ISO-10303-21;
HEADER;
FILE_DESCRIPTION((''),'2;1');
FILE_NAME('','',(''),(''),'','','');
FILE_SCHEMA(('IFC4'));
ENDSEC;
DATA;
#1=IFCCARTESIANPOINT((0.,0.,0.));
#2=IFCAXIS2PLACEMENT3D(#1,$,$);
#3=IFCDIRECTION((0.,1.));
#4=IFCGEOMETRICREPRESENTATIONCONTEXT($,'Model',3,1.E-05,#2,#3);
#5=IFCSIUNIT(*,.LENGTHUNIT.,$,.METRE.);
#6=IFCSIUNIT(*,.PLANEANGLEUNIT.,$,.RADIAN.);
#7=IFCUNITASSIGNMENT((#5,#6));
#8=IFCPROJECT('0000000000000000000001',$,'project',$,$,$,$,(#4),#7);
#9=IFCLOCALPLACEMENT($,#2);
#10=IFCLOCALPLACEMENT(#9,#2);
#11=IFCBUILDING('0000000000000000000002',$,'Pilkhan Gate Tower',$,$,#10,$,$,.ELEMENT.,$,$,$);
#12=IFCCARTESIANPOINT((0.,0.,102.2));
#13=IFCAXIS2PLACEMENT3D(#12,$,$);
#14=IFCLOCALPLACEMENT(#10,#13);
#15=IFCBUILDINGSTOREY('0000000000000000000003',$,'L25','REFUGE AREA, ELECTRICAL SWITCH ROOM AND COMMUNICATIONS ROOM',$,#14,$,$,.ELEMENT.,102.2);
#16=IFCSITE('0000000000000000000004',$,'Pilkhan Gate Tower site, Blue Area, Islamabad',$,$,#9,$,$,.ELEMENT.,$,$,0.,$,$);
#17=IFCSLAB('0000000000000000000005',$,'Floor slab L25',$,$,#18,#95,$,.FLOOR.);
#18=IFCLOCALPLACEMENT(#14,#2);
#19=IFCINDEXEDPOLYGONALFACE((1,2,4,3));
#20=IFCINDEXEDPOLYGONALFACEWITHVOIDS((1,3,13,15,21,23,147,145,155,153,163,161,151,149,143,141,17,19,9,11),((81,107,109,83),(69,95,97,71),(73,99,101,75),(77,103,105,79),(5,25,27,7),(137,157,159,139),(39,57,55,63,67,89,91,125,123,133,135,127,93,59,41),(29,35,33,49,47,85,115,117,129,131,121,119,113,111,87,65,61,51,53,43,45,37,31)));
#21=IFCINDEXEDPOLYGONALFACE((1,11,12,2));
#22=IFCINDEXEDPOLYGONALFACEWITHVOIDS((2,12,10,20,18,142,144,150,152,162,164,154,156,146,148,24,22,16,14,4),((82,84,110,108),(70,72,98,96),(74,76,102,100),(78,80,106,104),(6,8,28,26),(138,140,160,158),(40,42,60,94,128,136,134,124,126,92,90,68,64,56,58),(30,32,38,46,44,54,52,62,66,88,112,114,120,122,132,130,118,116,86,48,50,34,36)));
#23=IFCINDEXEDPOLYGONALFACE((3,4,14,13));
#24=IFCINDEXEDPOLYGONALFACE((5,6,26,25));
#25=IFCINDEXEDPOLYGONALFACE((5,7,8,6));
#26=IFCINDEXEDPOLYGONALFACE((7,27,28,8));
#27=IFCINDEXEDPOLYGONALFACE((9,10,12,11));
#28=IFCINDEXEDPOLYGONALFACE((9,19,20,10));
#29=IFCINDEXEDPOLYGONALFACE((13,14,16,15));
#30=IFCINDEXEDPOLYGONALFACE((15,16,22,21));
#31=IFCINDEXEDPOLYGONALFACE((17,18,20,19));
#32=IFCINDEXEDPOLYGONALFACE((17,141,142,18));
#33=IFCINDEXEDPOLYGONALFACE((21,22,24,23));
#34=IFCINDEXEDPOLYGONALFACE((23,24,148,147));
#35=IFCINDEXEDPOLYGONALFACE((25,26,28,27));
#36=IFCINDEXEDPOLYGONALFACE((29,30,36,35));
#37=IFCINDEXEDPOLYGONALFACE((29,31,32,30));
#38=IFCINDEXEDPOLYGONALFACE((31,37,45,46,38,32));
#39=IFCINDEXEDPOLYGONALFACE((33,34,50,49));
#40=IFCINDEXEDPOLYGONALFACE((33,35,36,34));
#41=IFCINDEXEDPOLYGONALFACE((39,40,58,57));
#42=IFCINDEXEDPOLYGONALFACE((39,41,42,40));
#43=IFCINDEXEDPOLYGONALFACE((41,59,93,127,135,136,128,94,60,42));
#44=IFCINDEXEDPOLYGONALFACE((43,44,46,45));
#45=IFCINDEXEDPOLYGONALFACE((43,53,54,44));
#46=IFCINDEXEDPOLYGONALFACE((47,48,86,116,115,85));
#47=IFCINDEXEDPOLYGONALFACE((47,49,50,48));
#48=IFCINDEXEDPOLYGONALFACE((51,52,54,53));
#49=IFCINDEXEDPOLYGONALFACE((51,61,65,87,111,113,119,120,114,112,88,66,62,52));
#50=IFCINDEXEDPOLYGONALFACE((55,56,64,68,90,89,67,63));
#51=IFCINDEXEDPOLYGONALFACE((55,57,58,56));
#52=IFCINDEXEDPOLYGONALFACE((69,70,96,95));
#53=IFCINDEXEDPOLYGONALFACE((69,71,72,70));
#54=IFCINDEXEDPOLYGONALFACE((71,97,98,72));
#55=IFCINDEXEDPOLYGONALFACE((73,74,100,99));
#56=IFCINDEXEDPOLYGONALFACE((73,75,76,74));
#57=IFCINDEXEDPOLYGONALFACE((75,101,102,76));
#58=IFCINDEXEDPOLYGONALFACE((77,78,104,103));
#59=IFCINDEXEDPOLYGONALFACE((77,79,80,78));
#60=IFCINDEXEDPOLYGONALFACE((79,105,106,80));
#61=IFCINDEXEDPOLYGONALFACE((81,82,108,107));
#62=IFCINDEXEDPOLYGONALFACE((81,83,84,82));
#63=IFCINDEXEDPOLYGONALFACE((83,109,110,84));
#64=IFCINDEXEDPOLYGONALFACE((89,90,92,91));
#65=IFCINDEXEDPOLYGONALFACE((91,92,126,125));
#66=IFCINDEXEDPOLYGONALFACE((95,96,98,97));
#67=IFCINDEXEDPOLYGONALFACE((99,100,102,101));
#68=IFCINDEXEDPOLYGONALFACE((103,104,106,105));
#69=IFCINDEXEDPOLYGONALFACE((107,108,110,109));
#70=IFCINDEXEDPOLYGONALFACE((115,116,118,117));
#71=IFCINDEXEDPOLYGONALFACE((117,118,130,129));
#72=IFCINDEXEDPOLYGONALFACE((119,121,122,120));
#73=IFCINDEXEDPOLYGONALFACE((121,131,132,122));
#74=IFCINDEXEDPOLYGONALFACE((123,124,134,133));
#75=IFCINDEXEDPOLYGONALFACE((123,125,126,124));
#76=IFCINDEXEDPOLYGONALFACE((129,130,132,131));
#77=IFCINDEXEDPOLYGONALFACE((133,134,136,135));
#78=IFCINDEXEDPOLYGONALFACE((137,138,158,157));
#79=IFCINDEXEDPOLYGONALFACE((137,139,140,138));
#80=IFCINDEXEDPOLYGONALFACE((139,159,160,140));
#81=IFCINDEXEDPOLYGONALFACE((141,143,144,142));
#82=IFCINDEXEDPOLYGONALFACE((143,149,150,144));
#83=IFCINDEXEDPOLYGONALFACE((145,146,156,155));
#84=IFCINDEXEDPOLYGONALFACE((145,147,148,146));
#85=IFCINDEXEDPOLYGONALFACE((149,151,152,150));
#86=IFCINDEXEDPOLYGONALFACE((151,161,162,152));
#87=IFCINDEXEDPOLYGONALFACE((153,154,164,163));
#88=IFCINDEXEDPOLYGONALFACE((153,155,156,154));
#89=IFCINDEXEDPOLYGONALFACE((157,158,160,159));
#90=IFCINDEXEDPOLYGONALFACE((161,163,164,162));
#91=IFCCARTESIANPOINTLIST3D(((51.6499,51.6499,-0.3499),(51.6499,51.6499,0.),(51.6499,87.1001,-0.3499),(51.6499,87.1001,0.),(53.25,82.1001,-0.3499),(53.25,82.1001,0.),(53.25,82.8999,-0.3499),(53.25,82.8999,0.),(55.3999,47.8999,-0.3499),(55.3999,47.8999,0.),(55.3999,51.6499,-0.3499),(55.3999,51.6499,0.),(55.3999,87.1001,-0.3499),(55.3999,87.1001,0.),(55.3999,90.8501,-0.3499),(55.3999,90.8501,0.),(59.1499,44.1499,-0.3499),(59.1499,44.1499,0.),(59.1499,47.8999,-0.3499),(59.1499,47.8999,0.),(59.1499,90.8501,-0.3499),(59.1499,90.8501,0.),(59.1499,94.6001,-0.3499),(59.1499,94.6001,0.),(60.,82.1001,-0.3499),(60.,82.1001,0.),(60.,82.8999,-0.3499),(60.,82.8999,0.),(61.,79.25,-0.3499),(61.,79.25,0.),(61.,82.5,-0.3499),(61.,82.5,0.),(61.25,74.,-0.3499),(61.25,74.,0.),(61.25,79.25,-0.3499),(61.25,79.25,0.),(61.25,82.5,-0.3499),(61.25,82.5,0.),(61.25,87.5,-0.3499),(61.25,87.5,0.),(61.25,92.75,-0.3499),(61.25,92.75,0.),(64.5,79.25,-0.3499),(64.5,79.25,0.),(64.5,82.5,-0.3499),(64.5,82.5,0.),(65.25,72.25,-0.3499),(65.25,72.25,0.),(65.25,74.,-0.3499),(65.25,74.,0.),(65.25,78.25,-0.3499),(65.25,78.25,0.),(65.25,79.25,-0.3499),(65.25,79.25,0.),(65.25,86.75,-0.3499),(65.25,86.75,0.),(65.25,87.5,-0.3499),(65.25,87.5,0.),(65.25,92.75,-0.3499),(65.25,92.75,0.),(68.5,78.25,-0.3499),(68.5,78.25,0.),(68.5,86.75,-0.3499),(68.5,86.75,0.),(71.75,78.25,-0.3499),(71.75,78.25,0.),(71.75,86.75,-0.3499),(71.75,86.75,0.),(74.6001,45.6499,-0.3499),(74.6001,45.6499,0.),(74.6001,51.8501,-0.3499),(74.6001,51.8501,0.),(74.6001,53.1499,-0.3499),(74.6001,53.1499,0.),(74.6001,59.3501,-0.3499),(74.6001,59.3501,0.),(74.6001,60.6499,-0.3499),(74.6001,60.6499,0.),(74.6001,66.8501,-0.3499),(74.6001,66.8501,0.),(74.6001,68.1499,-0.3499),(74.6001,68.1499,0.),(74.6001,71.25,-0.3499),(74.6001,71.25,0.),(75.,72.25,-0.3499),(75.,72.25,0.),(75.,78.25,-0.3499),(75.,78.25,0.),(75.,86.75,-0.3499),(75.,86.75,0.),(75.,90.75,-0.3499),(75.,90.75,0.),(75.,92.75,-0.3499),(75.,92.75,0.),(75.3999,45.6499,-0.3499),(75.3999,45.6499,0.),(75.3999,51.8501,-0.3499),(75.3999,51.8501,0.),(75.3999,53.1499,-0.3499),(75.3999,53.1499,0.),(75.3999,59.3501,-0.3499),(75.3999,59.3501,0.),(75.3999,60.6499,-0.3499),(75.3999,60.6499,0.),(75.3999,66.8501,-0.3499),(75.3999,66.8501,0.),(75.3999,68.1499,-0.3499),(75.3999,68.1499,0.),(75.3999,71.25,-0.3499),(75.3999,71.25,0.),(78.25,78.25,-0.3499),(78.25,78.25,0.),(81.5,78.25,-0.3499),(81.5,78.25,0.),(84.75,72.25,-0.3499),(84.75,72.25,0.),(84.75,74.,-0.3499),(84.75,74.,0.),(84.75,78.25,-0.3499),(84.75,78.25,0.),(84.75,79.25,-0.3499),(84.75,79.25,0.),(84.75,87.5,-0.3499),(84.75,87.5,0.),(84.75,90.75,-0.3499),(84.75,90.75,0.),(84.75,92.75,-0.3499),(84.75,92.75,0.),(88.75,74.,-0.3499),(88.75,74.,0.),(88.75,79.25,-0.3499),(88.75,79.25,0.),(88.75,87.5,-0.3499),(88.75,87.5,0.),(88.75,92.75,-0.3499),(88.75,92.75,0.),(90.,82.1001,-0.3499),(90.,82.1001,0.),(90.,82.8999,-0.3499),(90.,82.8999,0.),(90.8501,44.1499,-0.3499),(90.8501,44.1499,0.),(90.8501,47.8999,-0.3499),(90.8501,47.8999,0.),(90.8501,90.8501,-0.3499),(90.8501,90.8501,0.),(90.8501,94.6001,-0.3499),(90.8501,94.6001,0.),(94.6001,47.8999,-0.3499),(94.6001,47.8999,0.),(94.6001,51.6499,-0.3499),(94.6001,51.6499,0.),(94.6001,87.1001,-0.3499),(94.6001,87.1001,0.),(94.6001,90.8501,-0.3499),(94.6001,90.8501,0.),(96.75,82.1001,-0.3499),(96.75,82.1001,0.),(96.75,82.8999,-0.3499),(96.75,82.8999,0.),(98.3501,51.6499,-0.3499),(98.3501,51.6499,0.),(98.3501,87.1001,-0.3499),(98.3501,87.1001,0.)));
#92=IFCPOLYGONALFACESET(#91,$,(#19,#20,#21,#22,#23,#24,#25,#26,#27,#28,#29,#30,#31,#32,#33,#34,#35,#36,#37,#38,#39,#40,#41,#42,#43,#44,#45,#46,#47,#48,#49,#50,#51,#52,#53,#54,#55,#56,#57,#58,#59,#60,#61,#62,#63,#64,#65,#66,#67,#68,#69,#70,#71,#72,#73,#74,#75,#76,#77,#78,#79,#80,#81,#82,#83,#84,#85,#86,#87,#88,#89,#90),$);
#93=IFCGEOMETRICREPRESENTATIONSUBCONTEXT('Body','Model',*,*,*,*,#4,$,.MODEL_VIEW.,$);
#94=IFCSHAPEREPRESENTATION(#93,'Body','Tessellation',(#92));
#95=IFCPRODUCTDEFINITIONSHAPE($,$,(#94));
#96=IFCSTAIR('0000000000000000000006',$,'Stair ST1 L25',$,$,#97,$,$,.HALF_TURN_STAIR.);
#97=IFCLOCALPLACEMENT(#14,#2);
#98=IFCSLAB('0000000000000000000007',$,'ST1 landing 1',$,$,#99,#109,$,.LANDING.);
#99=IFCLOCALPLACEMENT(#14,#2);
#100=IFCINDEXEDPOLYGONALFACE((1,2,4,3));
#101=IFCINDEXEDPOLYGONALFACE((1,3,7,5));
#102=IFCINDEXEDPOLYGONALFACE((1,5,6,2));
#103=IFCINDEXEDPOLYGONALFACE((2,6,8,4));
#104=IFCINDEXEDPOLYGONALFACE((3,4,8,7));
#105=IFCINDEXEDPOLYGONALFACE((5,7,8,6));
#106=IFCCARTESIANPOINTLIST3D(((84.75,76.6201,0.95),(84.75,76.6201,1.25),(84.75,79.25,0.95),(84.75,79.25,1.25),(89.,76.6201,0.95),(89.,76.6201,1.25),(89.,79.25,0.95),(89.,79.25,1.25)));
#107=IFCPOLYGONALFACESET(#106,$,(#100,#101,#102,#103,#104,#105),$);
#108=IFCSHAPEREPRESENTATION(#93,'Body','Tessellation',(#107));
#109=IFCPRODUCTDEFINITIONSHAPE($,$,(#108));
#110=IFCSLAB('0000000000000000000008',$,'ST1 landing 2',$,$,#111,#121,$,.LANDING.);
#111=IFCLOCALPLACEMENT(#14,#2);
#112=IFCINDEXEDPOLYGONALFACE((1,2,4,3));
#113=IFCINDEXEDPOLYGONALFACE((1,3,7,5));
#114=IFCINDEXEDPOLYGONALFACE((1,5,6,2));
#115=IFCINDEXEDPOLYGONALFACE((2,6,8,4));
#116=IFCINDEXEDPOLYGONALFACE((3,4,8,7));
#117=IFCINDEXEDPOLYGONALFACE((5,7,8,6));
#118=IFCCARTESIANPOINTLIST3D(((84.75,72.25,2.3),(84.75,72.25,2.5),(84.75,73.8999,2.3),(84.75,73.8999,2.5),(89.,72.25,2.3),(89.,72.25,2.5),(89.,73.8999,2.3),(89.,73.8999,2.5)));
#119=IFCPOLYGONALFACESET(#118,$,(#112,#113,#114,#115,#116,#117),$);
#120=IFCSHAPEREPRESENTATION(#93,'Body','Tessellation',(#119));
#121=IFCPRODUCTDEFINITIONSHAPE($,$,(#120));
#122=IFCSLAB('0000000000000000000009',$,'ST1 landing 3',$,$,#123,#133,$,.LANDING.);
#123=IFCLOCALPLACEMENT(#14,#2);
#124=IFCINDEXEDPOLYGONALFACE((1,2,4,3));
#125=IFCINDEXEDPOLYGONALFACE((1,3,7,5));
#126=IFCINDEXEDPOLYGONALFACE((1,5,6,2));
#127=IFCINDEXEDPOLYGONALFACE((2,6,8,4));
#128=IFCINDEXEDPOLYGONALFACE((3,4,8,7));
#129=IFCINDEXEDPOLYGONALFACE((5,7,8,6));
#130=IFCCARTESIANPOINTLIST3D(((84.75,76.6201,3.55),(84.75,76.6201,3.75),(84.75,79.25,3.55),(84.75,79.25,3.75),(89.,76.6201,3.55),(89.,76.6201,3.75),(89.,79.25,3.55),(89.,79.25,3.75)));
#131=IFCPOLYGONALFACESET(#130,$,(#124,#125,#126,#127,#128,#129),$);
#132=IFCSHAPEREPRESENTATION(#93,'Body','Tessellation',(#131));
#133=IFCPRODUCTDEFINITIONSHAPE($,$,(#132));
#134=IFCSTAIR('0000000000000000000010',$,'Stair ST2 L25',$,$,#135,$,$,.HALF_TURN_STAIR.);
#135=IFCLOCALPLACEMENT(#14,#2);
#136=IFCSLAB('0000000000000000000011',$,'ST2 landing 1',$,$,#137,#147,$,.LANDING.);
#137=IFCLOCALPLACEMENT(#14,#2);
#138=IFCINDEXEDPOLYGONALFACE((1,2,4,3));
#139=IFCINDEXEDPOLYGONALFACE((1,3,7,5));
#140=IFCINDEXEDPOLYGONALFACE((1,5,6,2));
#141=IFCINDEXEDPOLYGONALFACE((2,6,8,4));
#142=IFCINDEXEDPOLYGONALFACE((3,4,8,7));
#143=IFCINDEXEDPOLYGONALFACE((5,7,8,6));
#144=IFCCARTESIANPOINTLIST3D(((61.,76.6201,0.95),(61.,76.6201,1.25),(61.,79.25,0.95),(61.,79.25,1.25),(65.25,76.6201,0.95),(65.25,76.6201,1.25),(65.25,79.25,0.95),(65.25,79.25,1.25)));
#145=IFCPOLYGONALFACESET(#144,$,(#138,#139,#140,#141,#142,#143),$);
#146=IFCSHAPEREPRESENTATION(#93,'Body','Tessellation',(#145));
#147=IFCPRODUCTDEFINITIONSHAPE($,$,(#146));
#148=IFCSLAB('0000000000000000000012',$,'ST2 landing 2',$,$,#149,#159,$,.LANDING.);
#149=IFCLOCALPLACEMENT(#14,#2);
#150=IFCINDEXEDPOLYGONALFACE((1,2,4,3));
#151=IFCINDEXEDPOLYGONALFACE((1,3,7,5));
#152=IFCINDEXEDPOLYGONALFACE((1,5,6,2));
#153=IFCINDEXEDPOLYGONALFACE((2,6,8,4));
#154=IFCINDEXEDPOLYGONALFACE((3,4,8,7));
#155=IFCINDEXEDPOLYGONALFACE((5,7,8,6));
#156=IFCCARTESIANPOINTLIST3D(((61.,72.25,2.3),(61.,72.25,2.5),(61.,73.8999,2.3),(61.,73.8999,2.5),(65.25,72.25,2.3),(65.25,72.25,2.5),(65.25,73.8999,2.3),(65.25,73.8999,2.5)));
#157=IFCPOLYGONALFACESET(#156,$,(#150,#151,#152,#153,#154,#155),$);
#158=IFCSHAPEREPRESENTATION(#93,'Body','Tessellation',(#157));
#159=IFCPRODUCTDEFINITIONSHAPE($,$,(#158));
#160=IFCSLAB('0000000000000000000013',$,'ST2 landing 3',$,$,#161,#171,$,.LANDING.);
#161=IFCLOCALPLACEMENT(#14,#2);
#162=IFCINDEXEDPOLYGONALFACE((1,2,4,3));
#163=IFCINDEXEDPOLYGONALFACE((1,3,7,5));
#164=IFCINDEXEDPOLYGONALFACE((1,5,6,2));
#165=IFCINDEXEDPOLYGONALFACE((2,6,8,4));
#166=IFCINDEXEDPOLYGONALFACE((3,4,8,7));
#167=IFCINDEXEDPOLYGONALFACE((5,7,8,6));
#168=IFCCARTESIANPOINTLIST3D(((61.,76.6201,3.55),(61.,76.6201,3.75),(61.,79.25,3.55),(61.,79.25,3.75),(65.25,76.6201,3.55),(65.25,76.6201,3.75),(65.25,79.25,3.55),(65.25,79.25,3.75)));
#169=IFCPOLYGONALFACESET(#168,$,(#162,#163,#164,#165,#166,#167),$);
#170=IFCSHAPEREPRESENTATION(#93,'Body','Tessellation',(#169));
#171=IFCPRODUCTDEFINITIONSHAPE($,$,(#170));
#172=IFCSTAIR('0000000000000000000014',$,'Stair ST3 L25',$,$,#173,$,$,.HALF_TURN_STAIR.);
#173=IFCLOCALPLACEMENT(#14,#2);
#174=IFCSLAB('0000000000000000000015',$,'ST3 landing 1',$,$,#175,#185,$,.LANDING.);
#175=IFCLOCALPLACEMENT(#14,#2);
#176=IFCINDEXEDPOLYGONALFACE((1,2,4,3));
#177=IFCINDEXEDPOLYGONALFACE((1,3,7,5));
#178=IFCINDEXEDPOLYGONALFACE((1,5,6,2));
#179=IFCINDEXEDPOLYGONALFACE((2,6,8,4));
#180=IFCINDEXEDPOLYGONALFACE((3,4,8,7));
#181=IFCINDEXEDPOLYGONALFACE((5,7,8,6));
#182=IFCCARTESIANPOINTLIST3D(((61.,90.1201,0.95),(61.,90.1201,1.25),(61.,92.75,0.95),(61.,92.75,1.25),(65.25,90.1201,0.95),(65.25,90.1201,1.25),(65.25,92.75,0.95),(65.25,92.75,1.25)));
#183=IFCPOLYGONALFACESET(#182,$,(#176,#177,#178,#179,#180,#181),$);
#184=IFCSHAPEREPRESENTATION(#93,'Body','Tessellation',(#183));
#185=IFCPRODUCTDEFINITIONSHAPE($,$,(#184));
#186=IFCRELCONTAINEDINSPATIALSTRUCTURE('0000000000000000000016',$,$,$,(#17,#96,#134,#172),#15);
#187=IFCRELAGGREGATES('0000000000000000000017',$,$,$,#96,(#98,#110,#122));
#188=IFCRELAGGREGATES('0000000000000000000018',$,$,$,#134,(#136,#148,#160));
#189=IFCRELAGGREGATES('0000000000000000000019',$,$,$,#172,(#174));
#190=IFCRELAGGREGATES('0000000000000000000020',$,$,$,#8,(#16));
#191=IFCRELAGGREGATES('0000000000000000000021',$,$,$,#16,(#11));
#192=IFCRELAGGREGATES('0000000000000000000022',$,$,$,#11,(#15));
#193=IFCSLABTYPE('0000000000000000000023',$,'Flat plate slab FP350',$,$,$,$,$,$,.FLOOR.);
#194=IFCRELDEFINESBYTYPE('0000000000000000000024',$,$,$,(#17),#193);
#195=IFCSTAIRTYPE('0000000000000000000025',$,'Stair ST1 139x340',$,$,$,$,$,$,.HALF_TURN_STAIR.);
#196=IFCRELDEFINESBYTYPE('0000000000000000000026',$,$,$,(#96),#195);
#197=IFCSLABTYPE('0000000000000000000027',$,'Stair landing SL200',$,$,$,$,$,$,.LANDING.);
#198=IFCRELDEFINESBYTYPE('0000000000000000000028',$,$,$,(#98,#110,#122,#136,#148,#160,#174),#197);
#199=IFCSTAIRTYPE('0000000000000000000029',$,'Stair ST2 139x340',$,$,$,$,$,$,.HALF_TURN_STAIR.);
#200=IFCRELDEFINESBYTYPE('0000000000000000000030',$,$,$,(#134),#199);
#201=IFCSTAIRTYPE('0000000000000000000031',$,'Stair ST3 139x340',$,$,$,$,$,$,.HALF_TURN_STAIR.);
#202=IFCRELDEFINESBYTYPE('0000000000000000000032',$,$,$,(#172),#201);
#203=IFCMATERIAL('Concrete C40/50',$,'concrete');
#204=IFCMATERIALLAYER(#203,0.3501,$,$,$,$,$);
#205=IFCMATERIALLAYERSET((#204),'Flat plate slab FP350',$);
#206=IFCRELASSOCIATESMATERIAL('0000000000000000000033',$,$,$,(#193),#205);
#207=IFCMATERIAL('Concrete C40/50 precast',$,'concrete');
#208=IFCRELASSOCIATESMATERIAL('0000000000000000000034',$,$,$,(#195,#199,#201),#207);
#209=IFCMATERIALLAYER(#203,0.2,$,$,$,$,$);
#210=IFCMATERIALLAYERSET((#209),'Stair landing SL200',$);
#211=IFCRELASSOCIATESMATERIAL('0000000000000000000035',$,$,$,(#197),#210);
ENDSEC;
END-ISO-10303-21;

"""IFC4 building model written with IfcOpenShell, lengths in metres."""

from ifc_helpers import new_model, si_unit, direction, frame, origin, place, context, subcontext, project, spatial, polyline, outline, extrude, material, layer, layer_set, type_object, element, aggregate, save


model = new_model("IFC4")

# Units and contexts
model_context = context("Model", 3, precision=1e-05, world=origin(), true_north=direction((0.0, 1.0)))
body_context = subcontext(model_context, "Body", "Model", "MODEL_VIEW")
ifc_project = project(units=[si_unit("LENGTHUNIT", "METRE"), si_unit("PLANEANGLEUNIT", "RADIAN")], contexts=[model_context])

# Site, building, storey
site_placement = place(None, origin())
site = spatial("IfcSite", under=ifc_project, at=site_placement, Name="Pilkhan Gate Tower site, Blue Area, Islamabad", CompositionType="ELEMENT", RefElevation=0.0)
building_placement = place(site_placement, origin())
building = spatial("IfcBuilding", under=site, at=building_placement, Name="Pilkhan Gate Tower", CompositionType="ELEMENT")
storey_placement = place(building_placement, frame((0.0, 0.0, 102.2)))
storey = spatial("IfcBuildingStorey", under=building, at=storey_placement, Name="L25", Description="REFUGE AREA, ELECTRICAL SWITCH ROOM AND COMMUNICATIONS ROOM", CompositionType="ELEMENT", Elevation=102.2)

# Slab
ifc_material_1 = material(Name="Concrete C40/50", Category="concrete")
ifc_layer_1 = layer(ifc_material_1, 0.3501)
ifc_layer_set_1 = layer_set([ifc_layer_1], Name="Flat plate slab FP350")
slab_type_1 = type_object("IfcSlabType", Name="Flat plate slab FP350", PredefinedType="FLOOR", material=ifc_layer_set_1)
slab_1_placement = place(storey_placement, frame((0.0, 0.0, -0.3499)))
element("IfcSlab", 1, at=slab_1_placement, inside=storey, type_object=slab_type_1, Name="Floor slab L25", PredefinedType="FLOOR", context=body_context, shape_type="SweptSolid", body=[
    extrude(outline(polyline([(94.6001, 47.8999), (90.8501, 47.8999), (90.8501, 44.1499), (59.1499, 44.1499), (59.1499, 47.8999), (55.3999, 47.8999), (55.3999, 51.6499), (51.6499, 51.6499), (51.6499, 87.1001), (55.3999, 87.1001), (55.3999, 90.8501), (59.1499, 90.8501), (59.1499, 94.6001), (90.8501, 94.6001), (90.8501, 90.8501), (94.6001, 90.8501), (94.6001, 87.1001), (98.3501, 87.1001), (98.3501, 51.6499), (94.6001, 51.6499), (94.6001, 47.8999)]), holes=[polyline([(90.0, 82.8999), (90.0, 82.1001), (96.75, 82.1001), (96.75, 82.8999), (90.0, 82.8999)]), polyline([(75.0, 72.25), (84.75, 72.25), (84.75, 74.0), (88.75, 74.0), (88.75, 79.25), (84.75, 79.25), (84.75, 78.25), (81.5, 78.25), (78.25, 78.25), (75.0, 78.25), (71.75, 78.25), (68.5, 78.25), (65.25, 78.25), (65.25, 79.25), (64.5, 79.25), (64.5, 82.5), (61.25, 82.5), (61.0, 82.5), (61.0, 79.25), (61.25, 79.25), (61.25, 74.0), (65.25, 74.0), (65.25, 72.25), (75.0, 72.25)]), polyline([(68.5, 86.75), (71.75, 86.75), (75.0, 86.75), (75.0, 90.75), (84.75, 90.75), (84.75, 87.5), (88.75, 87.5), (88.75, 92.75), (84.75, 92.75), (75.0, 92.75), (65.25, 92.75), (61.25, 92.75), (61.25, 87.5), (65.25, 87.5), (65.25, 86.75), (68.5, 86.75)]), polyline([(74.6001, 51.8501), (74.6001, 45.6499), (75.3999, 45.6499), (75.3999, 51.8501), (74.6001, 51.8501)]), polyline([(75.3999, 59.3501), (74.6001, 59.3501), (74.6001, 53.1499), (75.3999, 53.1499), (75.3999, 59.3501)]), polyline([(75.3999, 66.8501), (74.6001, 66.8501), (74.6001, 60.6499), (75.3999, 60.6499), (75.3999, 66.8501)]), polyline([(74.6001, 71.25), (74.6001, 68.1499), (75.3999, 68.1499), (75.3999, 71.25), (74.6001, 71.25)]), polyline([(53.25, 82.8999), (53.25, 82.1001), (60.0, 82.1001), (60.0, 82.8999), (53.25, 82.8999)])]), origin(), (0.0, 0.0, 1.0), 0.3499),
])

# Stairs, slabs
ifc_material_2 = material(Name="Concrete C40/50 precast", Category="concrete")
stair_type_1 = type_object("IfcStairType", Name="Stair ST1 139x340", PredefinedType="HALF_TURN_STAIR", material=ifc_material_2)
stair_1_placement = place(storey_placement, origin())
stair_1 = element("IfcStair", 2, at=stair_1_placement, inside=storey, type_object=stair_type_1, Name="Stair ST1 L25", PredefinedType="HALF_TURN_STAIR")
ifc_layer_2 = layer(ifc_material_1, 0.2)
ifc_layer_set_2 = layer_set([ifc_layer_2], Name="Stair landing SL200")
slab_type_2 = type_object("IfcSlabType", Name="Stair landing SL200", PredefinedType="LANDING", material=ifc_layer_set_2)
slab_2_placement = place(storey_placement, frame((0.0, 0.0, 0.95)))
slab_2 = element("IfcSlab", 3, at=slab_2_placement, type_object=slab_type_2, Name="ST1 landing 1", PredefinedType="LANDING", context=body_context, shape_type="SweptSolid", body=[
    extrude(outline(polyline([(89.0, 76.6201), (89.0, 79.25), (84.75, 79.25), (84.75, 76.6201), (89.0, 76.6201)])), origin(), (0.0, 0.0, 1.0), 0.3),
])
slab_3_placement = place(storey_placement, frame((0.0, 0.0, 2.3)))
slab_3 = element("IfcSlab", 4, at=slab_3_placement, type_object=slab_type_2, Name="ST1 landing 2", PredefinedType="LANDING", context=body_context, shape_type="SweptSolid", body=[
    extrude(outline(polyline([(89.0, 72.25), (89.0, 73.8999), (84.75, 73.8999), (84.75, 72.25), (89.0, 72.25)])), origin(), (0.0, 0.0, 1.0), 0.2),
])
slab_4_placement = place(storey_placement, frame((0.0, 0.0, 3.55)))
slab_4 = element("IfcSlab", 5, at=slab_4_placement, type_object=slab_type_2, Name="ST1 landing 3", PredefinedType="LANDING", context=body_context, shape_type="SweptSolid", body=[
    extrude(outline(polyline([(89.0, 76.6201), (89.0, 79.25), (84.75, 79.25), (84.75, 76.6201), (89.0, 76.6201)])), origin(), (0.0, 0.0, 1.0), 0.2),
])
aggregate(stair_1, [slab_2, slab_3, slab_4])
stair_type_2 = type_object("IfcStairType", Name="Stair ST2 139x340", PredefinedType="HALF_TURN_STAIR", material=ifc_material_2)
stair_2_placement = place(storey_placement, origin())
stair_2 = element("IfcStair", 6, at=stair_2_placement, inside=storey, type_object=stair_type_2, Name="Stair ST2 L25", PredefinedType="HALF_TURN_STAIR")
slab_5_placement = place(storey_placement, frame((0.0, 0.0, 0.95)))
slab_5 = element("IfcSlab", 7, at=slab_5_placement, type_object=slab_type_2, Name="ST2 landing 1", PredefinedType="LANDING", context=body_context, shape_type="SweptSolid", body=[
    extrude(outline(polyline([(65.25, 76.6201), (65.25, 79.25), (61.0, 79.25), (61.0, 76.6201), (65.25, 76.6201)])), origin(), (0.0, 0.0, 1.0), 0.3),
])
slab_6_placement = place(storey_placement, frame((0.0, 0.0, 2.3)))
slab_6 = element("IfcSlab", 8, at=slab_6_placement, type_object=slab_type_2, Name="ST2 landing 2", PredefinedType="LANDING", context=body_context, shape_type="SweptSolid", body=[
    extrude(outline(polyline([(65.25, 72.25), (65.25, 73.8999), (61.0, 73.8999), (61.0, 72.25), (65.25, 72.25)])), origin(), (0.0, 0.0, 1.0), 0.2),
])
slab_7_placement = place(storey_placement, frame((0.0, 0.0, 3.55)))
slab_7 = element("IfcSlab", 9, at=slab_7_placement, type_object=slab_type_2, Name="ST2 landing 3", PredefinedType="LANDING", context=body_context, shape_type="SweptSolid", body=[
    extrude(outline(polyline([(65.25, 76.6201), (65.25, 79.25), (61.0, 79.25), (61.0, 76.6201), (65.25, 76.6201)])), origin(), (0.0, 0.0, 1.0), 0.2),
])
aggregate(stair_2, [slab_5, slab_6, slab_7])
stair_type_3 = type_object("IfcStairType", Name="Stair ST3 139x340", PredefinedType="HALF_TURN_STAIR", material=ifc_material_2)
stair_3_placement = place(storey_placement, origin())
stair_3 = element("IfcStair", 10, at=stair_3_placement, inside=storey, type_object=stair_type_3, Name="Stair ST3 L25", PredefinedType="HALF_TURN_STAIR")
slab_8_placement = place(storey_placement, frame((0.0, 0.0, 0.95)))
slab_8 = element("IfcSlab", 11, at=slab_8_placement, type_object=slab_type_2, Name="ST3 landing 1", PredefinedType="LANDING", context=body_context, shape_type="SweptSolid", body=[
    extrude(outline(polyline([(65.25, 90.1201), (65.25, 92.75), (61.0, 92.75), (61.0, 90.1201), (65.25, 90.1201)])), origin(), (0.0, 0.0, 1.0), 0.3),
])
aggregate(stair_3, [slab_8])

save(model, "model.ifc")
